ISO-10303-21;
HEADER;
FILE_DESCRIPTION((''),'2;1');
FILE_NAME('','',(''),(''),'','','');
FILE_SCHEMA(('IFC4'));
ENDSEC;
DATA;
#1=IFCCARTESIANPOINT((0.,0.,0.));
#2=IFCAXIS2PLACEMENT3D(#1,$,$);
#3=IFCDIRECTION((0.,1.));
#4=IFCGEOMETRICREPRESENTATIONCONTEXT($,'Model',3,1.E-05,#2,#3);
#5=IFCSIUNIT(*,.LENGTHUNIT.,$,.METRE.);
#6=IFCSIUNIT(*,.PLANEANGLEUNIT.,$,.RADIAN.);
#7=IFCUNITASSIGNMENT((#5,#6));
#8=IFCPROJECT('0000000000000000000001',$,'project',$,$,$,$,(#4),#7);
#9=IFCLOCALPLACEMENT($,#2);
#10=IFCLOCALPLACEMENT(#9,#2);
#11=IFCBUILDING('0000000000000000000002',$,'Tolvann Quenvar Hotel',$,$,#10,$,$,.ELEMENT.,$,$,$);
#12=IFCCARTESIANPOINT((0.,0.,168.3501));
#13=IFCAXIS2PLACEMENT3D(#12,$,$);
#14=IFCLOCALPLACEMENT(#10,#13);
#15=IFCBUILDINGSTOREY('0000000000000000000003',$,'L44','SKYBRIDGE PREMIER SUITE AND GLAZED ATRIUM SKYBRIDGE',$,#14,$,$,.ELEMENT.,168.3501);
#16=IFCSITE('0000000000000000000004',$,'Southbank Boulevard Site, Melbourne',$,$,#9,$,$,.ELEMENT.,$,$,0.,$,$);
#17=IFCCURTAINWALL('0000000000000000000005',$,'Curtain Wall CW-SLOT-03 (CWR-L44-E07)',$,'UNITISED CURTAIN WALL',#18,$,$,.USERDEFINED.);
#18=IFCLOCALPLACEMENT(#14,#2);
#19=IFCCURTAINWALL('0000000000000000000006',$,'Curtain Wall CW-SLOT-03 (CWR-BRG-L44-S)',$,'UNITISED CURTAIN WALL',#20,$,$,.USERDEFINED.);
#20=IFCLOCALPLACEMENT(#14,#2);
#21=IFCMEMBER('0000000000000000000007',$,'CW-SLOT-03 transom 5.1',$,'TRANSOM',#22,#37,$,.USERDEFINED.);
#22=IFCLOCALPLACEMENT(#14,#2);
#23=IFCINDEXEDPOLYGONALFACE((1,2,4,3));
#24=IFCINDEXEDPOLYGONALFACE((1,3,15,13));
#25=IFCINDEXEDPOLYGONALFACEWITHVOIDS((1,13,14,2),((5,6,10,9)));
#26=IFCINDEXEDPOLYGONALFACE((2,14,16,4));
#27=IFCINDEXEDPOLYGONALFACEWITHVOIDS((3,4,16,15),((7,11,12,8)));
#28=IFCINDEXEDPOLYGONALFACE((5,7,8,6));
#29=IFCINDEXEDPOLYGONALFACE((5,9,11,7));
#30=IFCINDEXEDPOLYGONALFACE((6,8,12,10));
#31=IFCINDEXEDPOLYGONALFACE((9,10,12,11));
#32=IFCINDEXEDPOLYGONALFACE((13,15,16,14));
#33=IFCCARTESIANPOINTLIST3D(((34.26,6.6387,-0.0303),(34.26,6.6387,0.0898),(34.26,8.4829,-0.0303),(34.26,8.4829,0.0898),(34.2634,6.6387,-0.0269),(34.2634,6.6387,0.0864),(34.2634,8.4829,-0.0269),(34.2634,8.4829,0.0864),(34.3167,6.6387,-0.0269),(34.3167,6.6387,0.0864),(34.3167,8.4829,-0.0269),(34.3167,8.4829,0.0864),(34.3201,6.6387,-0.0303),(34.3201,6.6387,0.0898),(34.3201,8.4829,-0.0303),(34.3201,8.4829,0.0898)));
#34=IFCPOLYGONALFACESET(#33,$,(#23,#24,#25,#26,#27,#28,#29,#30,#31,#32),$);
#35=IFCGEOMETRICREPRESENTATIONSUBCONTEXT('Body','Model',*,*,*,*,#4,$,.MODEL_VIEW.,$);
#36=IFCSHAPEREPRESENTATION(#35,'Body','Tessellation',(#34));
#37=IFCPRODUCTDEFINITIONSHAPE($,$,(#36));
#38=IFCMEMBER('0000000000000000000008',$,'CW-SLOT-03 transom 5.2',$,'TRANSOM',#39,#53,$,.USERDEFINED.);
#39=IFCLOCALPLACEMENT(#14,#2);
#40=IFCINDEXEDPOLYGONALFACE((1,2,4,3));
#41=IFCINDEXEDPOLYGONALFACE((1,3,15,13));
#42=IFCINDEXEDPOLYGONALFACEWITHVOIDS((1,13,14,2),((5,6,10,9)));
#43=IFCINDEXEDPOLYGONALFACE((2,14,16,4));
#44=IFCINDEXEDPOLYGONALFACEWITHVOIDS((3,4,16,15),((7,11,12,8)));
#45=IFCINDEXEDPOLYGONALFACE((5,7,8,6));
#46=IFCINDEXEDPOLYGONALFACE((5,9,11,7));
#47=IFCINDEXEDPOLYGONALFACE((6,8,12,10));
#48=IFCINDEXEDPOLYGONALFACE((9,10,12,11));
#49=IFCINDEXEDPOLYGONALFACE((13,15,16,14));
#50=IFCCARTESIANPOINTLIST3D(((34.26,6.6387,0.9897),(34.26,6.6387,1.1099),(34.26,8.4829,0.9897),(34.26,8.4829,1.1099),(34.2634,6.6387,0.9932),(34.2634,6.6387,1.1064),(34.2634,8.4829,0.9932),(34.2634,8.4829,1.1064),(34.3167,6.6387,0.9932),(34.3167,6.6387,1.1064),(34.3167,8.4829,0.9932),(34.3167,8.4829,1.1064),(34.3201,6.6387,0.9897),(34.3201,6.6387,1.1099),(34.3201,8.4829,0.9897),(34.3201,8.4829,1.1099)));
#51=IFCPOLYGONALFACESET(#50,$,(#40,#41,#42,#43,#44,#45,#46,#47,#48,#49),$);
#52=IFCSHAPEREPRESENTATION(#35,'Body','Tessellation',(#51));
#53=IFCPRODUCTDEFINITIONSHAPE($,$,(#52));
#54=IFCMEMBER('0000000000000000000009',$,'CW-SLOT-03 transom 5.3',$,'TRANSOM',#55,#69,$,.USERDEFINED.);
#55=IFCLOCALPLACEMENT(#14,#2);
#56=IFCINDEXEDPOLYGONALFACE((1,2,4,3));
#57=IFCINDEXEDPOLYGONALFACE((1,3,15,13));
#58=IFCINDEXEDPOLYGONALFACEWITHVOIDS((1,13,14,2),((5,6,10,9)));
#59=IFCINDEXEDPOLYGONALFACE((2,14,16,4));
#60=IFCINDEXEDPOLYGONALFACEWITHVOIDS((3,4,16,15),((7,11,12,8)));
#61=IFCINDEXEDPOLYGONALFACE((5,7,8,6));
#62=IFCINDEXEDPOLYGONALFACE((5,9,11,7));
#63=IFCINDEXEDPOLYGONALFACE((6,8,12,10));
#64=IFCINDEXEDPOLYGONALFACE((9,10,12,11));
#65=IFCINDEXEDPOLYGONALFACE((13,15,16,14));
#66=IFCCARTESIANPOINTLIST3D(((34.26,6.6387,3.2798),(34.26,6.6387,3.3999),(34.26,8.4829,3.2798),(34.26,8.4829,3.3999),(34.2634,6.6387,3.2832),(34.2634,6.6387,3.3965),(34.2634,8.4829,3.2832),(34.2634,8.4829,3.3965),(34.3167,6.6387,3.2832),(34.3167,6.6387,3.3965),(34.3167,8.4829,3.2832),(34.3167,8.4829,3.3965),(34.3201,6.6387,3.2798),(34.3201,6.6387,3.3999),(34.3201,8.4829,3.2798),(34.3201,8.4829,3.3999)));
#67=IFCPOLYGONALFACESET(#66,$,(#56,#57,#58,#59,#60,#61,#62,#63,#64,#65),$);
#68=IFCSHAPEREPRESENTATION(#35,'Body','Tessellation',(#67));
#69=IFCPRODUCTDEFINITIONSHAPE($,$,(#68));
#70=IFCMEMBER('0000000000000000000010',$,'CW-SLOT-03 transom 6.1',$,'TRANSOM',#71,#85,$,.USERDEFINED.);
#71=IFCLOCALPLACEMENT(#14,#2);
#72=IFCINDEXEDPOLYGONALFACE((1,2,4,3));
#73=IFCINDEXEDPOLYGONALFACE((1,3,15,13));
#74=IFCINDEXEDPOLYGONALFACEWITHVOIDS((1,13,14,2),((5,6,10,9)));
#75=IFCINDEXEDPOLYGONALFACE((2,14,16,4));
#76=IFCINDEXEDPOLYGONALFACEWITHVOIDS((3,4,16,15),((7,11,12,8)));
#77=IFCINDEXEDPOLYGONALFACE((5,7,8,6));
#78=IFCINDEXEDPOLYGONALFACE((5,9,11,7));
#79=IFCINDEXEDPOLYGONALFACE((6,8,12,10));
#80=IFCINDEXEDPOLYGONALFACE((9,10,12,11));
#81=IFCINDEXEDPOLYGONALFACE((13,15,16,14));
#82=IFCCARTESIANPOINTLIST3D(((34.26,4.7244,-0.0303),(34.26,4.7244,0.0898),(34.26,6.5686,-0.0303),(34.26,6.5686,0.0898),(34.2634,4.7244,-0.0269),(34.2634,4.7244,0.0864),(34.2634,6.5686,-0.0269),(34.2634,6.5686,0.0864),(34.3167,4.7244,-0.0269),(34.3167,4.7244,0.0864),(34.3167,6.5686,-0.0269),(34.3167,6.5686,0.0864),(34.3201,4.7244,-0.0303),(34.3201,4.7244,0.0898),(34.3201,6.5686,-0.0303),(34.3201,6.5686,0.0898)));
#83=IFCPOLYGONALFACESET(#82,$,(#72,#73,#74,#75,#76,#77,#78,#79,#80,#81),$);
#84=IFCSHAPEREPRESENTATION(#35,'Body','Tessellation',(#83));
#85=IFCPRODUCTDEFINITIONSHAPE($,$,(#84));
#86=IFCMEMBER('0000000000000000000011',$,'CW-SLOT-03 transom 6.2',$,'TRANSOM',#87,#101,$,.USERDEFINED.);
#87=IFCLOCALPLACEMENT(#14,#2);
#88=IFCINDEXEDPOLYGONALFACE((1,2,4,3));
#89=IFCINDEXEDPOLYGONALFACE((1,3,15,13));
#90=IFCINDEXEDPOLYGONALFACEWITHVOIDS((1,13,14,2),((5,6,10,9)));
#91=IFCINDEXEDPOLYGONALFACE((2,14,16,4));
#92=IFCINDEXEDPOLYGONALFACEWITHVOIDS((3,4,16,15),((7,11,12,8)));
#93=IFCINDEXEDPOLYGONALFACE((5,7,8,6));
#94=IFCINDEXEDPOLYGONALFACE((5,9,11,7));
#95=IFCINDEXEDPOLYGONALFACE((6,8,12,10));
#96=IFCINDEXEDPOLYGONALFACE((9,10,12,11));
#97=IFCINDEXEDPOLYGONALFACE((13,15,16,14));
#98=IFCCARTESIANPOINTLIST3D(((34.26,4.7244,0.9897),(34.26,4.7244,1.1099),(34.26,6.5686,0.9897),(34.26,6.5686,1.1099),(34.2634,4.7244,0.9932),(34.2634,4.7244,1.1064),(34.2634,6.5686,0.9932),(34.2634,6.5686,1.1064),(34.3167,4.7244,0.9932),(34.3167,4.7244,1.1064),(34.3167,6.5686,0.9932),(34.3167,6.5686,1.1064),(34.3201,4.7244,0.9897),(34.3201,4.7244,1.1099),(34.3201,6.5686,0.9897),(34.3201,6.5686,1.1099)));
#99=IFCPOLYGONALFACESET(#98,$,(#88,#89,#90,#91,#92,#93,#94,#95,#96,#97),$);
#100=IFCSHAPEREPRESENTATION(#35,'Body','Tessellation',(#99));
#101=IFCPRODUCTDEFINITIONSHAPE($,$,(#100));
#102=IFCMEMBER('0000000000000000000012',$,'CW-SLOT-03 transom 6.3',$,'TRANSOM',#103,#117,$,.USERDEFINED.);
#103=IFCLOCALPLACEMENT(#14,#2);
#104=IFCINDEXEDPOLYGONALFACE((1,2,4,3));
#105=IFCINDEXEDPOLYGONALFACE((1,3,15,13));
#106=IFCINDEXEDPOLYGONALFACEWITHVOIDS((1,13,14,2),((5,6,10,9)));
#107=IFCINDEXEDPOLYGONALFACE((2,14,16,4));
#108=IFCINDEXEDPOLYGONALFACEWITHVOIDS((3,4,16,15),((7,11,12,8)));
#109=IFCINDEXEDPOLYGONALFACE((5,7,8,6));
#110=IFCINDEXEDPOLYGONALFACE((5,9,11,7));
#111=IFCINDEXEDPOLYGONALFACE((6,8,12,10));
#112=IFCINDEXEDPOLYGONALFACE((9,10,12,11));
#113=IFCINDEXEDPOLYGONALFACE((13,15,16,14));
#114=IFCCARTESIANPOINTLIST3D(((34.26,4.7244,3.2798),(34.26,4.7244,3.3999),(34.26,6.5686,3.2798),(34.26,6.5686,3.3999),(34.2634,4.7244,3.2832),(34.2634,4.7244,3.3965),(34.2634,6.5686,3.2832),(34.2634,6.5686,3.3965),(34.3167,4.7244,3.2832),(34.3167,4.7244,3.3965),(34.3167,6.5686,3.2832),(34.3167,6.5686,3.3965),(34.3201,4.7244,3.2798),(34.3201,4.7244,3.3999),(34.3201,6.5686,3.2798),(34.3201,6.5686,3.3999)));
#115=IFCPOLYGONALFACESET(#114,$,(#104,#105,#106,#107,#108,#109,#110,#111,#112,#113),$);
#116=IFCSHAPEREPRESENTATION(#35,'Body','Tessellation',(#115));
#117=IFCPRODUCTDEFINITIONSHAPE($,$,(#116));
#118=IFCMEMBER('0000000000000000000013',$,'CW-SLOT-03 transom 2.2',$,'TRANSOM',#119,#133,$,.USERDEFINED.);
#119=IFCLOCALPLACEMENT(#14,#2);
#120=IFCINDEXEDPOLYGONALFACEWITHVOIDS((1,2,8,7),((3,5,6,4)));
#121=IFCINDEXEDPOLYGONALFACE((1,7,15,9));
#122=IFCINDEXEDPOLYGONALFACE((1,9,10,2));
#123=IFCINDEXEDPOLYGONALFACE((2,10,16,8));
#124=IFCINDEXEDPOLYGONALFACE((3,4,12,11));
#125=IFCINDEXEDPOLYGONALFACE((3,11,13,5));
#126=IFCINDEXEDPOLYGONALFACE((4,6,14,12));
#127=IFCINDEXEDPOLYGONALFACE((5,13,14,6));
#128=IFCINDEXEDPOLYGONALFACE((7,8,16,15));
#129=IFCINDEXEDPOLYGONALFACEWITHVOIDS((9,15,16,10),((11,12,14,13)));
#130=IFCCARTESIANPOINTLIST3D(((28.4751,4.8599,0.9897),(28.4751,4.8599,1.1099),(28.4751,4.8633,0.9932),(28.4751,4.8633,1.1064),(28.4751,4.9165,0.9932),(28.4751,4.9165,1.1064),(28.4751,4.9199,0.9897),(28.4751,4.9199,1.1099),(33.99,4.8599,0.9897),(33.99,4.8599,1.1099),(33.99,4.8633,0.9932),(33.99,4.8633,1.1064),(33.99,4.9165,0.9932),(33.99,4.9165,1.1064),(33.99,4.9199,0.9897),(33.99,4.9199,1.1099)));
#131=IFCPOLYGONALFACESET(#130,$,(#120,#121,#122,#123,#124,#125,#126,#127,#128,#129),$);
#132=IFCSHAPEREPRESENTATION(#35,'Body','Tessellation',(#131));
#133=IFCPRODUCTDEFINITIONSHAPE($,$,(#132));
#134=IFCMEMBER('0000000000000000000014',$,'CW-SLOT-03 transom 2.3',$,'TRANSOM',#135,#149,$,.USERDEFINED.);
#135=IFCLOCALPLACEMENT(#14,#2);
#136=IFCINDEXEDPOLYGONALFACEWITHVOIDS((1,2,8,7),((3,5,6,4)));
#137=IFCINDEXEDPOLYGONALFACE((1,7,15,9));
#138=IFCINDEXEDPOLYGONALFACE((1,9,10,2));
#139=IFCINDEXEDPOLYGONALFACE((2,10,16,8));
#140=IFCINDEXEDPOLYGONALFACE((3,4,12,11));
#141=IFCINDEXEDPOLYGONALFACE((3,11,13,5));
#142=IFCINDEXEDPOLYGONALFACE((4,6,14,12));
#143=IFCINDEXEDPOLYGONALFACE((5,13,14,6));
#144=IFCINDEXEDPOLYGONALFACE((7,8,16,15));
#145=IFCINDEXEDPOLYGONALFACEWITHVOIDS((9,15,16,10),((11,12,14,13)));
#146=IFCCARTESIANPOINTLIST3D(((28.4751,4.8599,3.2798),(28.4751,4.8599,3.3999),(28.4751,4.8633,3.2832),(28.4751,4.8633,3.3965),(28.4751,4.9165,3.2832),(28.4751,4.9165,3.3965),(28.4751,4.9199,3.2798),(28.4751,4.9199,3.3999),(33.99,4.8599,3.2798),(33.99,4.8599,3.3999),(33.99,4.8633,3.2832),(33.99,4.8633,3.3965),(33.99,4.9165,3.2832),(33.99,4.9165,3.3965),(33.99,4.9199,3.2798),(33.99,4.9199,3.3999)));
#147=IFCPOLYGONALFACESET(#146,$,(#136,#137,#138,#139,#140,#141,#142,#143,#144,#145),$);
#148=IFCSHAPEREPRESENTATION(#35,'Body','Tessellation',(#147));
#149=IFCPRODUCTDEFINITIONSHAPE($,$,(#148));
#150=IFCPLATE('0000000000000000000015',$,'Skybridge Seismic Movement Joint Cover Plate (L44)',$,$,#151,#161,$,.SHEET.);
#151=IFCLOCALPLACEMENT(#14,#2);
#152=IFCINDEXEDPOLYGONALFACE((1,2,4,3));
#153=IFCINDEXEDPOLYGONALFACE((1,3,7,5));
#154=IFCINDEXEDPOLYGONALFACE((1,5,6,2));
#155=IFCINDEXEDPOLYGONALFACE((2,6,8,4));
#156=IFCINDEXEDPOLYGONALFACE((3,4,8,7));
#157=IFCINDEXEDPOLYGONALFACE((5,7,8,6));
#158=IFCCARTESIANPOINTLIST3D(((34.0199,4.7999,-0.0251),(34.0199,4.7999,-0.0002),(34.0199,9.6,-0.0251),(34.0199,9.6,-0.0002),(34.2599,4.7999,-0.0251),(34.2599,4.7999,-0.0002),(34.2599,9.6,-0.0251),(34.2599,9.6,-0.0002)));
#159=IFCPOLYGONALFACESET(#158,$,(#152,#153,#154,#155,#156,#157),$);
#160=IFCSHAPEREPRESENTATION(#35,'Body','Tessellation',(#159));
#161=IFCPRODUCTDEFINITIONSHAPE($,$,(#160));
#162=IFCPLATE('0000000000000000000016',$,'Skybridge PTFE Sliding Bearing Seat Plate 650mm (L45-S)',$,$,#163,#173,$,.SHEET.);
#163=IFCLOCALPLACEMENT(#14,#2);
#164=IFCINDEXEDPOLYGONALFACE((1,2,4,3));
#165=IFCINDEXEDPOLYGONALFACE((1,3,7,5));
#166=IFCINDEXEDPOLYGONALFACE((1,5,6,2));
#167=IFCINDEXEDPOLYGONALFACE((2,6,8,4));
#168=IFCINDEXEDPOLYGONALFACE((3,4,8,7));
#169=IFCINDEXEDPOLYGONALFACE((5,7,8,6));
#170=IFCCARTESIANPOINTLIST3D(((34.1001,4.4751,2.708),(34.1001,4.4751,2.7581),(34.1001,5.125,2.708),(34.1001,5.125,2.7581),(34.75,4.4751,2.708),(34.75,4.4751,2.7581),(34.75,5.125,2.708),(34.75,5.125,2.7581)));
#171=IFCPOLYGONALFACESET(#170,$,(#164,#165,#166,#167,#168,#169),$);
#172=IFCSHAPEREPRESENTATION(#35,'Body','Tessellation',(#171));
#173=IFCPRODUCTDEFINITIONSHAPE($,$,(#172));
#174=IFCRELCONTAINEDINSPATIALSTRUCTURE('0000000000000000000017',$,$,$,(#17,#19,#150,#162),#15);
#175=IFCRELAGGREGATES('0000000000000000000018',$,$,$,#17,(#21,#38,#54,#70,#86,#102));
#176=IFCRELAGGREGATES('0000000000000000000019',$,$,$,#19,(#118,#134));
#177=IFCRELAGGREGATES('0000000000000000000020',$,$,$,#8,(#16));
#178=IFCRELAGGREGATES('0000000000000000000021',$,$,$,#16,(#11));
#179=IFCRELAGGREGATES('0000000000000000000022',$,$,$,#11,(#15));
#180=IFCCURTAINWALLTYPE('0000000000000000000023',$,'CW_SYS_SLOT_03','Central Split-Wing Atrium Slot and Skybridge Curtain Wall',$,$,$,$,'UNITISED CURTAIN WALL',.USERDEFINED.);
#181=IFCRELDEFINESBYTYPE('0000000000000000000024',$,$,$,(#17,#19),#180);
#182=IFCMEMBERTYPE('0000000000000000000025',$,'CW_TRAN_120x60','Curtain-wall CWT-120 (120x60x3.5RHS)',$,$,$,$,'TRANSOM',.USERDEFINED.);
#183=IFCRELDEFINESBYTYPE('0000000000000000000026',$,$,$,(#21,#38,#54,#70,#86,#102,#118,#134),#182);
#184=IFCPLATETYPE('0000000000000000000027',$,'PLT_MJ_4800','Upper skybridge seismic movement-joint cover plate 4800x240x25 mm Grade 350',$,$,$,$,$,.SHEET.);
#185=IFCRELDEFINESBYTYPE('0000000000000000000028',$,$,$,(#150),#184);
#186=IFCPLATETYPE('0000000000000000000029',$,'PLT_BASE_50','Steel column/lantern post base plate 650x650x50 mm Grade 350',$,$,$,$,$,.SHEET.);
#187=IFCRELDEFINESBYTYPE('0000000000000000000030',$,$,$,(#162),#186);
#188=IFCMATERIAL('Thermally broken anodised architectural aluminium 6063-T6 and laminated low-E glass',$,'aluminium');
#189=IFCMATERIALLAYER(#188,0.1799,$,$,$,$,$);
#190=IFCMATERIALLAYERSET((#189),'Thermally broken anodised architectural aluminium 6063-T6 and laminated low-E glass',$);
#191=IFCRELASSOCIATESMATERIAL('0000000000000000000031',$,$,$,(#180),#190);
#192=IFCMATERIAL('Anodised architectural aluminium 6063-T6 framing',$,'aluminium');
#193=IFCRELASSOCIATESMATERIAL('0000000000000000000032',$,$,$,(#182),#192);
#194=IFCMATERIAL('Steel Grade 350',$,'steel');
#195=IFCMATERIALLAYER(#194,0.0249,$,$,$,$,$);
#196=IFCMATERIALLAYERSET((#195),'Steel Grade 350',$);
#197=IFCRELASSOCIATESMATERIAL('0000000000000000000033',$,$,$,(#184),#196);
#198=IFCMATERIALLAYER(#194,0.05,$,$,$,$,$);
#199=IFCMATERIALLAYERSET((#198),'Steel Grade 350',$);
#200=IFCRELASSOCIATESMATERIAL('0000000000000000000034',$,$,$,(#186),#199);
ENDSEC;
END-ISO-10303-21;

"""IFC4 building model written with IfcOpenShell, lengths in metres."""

from ifc_helpers import new_model, si_unit, direction, frame, origin, origin_2d, place, context, subcontext, project, spatial, rectangle, hollow_rectangle, extrude, source, transform, mapped, material, layer, layer_set, material_profile, profile_set, type_object, type_shapes, element, aggregate, save


model = new_model("IFC4")

# Units and contexts
model_context = context("Model", 3, precision=1e-05, world=origin(), true_north=direction((0.0, 1.0)))
body_context = subcontext(model_context, "Body", "Model", "MODEL_VIEW")
ifc_project = project(units=[si_unit("LENGTHUNIT", "METRE"), si_unit("PLANEANGLEUNIT", "RADIAN")], contexts=[model_context])

# Site, building, storey
site_placement = place(None, origin())
site = spatial("IfcSite", under=ifc_project, at=site_placement, Name="Southbank Boulevard Site, Melbourne", CompositionType="ELEMENT", RefElevation=0.0)
building_placement = place(site_placement, origin())
building = spatial("IfcBuilding", under=site, at=building_placement, Name="Tolvann Quenvar Hotel", CompositionType="ELEMENT")
storey_placement = place(building_placement, frame((0.0, 0.0, 168.3501)))
storey = spatial("IfcBuildingStorey", under=building, at=storey_placement, Name="L44", Description="SKYBRIDGE PREMIER SUITE AND GLAZED ATRIUM SKYBRIDGE", CompositionType="ELEMENT", Elevation=168.3501)

# Shared definitions
ifc_material_1 = material(Name="Steel Grade 350", Category="steel")

# Curtain wall
ifc_material_2 = material(Name="Thermally broken anodised architectural aluminium 6063-T6 and laminated low-E glass", Category="aluminium")
ifc_layer_1 = layer(ifc_material_2, 0.1799)
ifc_layer_set_1 = layer_set([ifc_layer_1], Name="Thermally broken anodised architectural aluminium 6063-T6 and laminated low-E glass")
curtain_wall_type = type_object("IfcCurtainWallType", Name="CW_SYS_SLOT_03", Description="Central Split-Wing Atrium Slot and Skybridge Curtain Wall", ElementType="UNITISED CURTAIN WALL", PredefinedType="USERDEFINED", material=ifc_layer_set_1)
curtain_wall_1_placement = place(storey_placement, origin())
curtain_wall_1 = element("IfcCurtainWall", 1, at=curtain_wall_1_placement, inside=storey, type_object=curtain_wall_type, Name="Curtain Wall CW-SLOT-03 (CWR-L44-E07)", ObjectType="UNITISED CURTAIN WALL", PredefinedType="USERDEFINED")
ifc_material_3 = material(Name="Anodised architectural aluminium 6063-T6 framing", Category="aluminium")

# Curtain wall
curtain_wall_2_placement = place(storey_placement, origin())
curtain_wall_2 = element("IfcCurtainWall", 2, at=curtain_wall_2_placement, inside=storey, type_object=curtain_wall_type, Name="Curtain Wall CW-SLOT-03 (CWR-BRG-L44-S)", ObjectType="UNITISED CURTAIN WALL", PredefinedType="USERDEFINED")

# Members
ifc_material_profile_1 = material_profile(ifc_material_3, hollow_rectangle(XDim=0.0601, YDim=0.1201, WallThickness=0.0034, at=origin_2d()), Name="120x60x3.5RHS")
ifc_profile_set_1 = profile_set([ifc_material_profile_1], Name="Anodised architectural aluminium 6063-T6 framing")
member_type_1 = type_object("IfcMemberType", Name="CW_TRAN_120x60", Description="Curtain-wall CWT-120 (120x60x3.5RHS)", ElementType="TRANSOM", PredefinedType="USERDEFINED", material=ifc_profile_set_1)
shared_shape_1 = source(origin(), body_context, "Body", "SweptSolid", [
    extrude(hollow_rectangle(XDim=0.0601, YDim=0.1201, WallThickness=0.0034, at=origin_2d()), origin(), (0.0, 0.0, 1.0), 1.8442),
])
member_1_placement = place(storey_placement, frame((34.29, 8.4829, 0.0298), z_axis=(0.0, -1.0, 0.0), x_axis=(1.0, 0.0, 0.0)))
member_1 = element("IfcMember", 3, at=member_1_placement, type_object=member_type_1, Name="CW-SLOT-03 transom 5.1", ObjectType="TRANSOM", PredefinedType="USERDEFINED", context=body_context, shape_type="MappedRepresentation", body=[
    mapped(shared_shape_1, transform((0.0, 0.0, 0.0), x_axis=(1.0, 0.0, 0.0), y_axis=(0.0, 1.0, 0.0), z_axis=(0.0, 0.0, 1.0), scale=1.0)),
])
member_2_placement = place(storey_placement, frame((34.29, 8.4829, 1.0498), z_axis=(0.0, -1.0, 0.0), x_axis=(1.0, 0.0, 0.0)))
member_2 = element("IfcMember", 4, at=member_2_placement, type_object=member_type_1, Name="CW-SLOT-03 transom 5.2", ObjectType="TRANSOM", PredefinedType="USERDEFINED", context=body_context, shape_type="MappedRepresentation", body=[
    mapped(shared_shape_1, transform((0.0, 0.0, 0.0), x_axis=(1.0, 0.0, 0.0), y_axis=(0.0, 1.0, 0.0), z_axis=(0.0, 0.0, 1.0), scale=1.0)),
])
member_3_placement = place(storey_placement, frame((34.29, 8.4829, 3.3398), z_axis=(0.0, -1.0, 0.0), x_axis=(1.0, 0.0, 0.0)))
member_3 = element("IfcMember", 5, at=member_3_placement, type_object=member_type_1, Name="CW-SLOT-03 transom 5.3", ObjectType="TRANSOM", PredefinedType="USERDEFINED", context=body_context, shape_type="MappedRepresentation", body=[
    mapped(shared_shape_1, transform((0.0, 0.0, 0.0), x_axis=(1.0, 0.0, 0.0), y_axis=(0.0, 1.0, 0.0), z_axis=(0.0, 0.0, 1.0), scale=1.0)),
])
member_4_placement = place(storey_placement, frame((34.29, 6.5686, 0.0298), z_axis=(0.0, -1.0, 0.0), x_axis=(1.0, 0.0, 0.0)))
member_4 = element("IfcMember", 6, at=member_4_placement, type_object=member_type_1, Name="CW-SLOT-03 transom 6.1", ObjectType="TRANSOM", PredefinedType="USERDEFINED", context=body_context, shape_type="MappedRepresentation", body=[
    mapped(shared_shape_1, transform((0.0, 0.0, 0.0), x_axis=(1.0, 0.0, 0.0), y_axis=(0.0, 1.0, 0.0), z_axis=(0.0, 0.0, 1.0), scale=1.0)),
])
member_5_placement = place(storey_placement, frame((34.29, 6.5686, 1.0498), z_axis=(0.0, -1.0, 0.0), x_axis=(1.0, 0.0, 0.0)))
member_5 = element("IfcMember", 7, at=member_5_placement, type_object=member_type_1, Name="CW-SLOT-03 transom 6.2", ObjectType="TRANSOM", PredefinedType="USERDEFINED", context=body_context, shape_type="MappedRepresentation", body=[
    mapped(shared_shape_1, transform((0.0, 0.0, 0.0), x_axis=(1.0, 0.0, 0.0), y_axis=(0.0, 1.0, 0.0), z_axis=(0.0, 0.0, 1.0), scale=1.0)),
])
member_6_placement = place(storey_placement, frame((34.29, 6.5686, 3.3398), z_axis=(0.0, -1.0, 0.0), x_axis=(1.0, 0.0, 0.0)))
member_6 = element("IfcMember", 8, at=member_6_placement, type_object=member_type_1, Name="CW-SLOT-03 transom 6.3", ObjectType="TRANSOM", PredefinedType="USERDEFINED", context=body_context, shape_type="MappedRepresentation", body=[
    mapped(shared_shape_1, transform((0.0, 0.0, 0.0), x_axis=(1.0, 0.0, 0.0), y_axis=(0.0, 1.0, 0.0), z_axis=(0.0, 0.0, 1.0), scale=1.0)),
])
shared_shape_2 = source(origin(), body_context, "Body", "SweptSolid", [
    extrude(hollow_rectangle(XDim=0.0601, YDim=0.1201, WallThickness=0.0034, at=origin_2d()), origin(), (0.0, 0.0, 1.0), 5.5149),
])
member_7_placement = place(storey_placement, frame((28.4751, 4.8899, 1.0498), z_axis=(1.0, 0.0, 0.0), x_axis=(0.0, 1.0, 0.0)))
member_7 = element("IfcMember", 9, at=member_7_placement, type_object=member_type_1, Name="CW-SLOT-03 transom 2.2", ObjectType="TRANSOM", PredefinedType="USERDEFINED", context=body_context, shape_type="MappedRepresentation", body=[
    mapped(shared_shape_2, transform((0.0, 0.0, 0.0), x_axis=(1.0, 0.0, 0.0), y_axis=(0.0, 1.0, 0.0), z_axis=(0.0, 0.0, 1.0), scale=1.0)),
])
member_8_placement = place(storey_placement, frame((28.4751, 4.8899, 3.3398), z_axis=(1.0, 0.0, 0.0), x_axis=(0.0, 1.0, 0.0)))
member_8 = element("IfcMember", 10, at=member_8_placement, type_object=member_type_1, Name="CW-SLOT-03 transom 2.3", ObjectType="TRANSOM", PredefinedType="USERDEFINED", context=body_context, shape_type="MappedRepresentation", body=[
    mapped(shared_shape_2, transform((0.0, 0.0, 0.0), x_axis=(1.0, 0.0, 0.0), y_axis=(0.0, 1.0, 0.0), z_axis=(0.0, 0.0, 1.0), scale=1.0)),
])

# Plates
ifc_layer_2 = layer(ifc_material_1, 0.0249)
ifc_layer_set_2 = layer_set([ifc_layer_2], Name="Steel Grade 350")
plate_type_1 = type_object("IfcPlateType", Name="PLT_MJ_4800", Description="Upper skybridge seismic movement-joint cover plate 4800x240x25 mm Grade 350", PredefinedType="SHEET", material=ifc_layer_set_2)
shared_shape_3 = source(origin(), body_context, "Body", "SweptSolid", [
    extrude(rectangle(XDim=0.24, YDim=4.8, at=origin_2d()), origin(), (0.0, 0.0, 1.0), 0.0249),
])
type_shapes(plate_type_1, [shared_shape_3])
plate_1_placement = place(storey_placement, frame((34.1399, 7.2, -0.0251), z_axis=(0.0, 0.0, 1.0), x_axis=(1.0, 0.0, 0.0)))
element("IfcPlate", 11, at=plate_1_placement, inside=storey, type_object=plate_type_1, Name="Skybridge Seismic Movement Joint Cover Plate (L44)", PredefinedType="SHEET", context=body_context, shape_type="MappedRepresentation", body=[
    mapped(shared_shape_3, transform((0.0, 0.0, 0.0), x_axis=(1.0, 0.0, 0.0), y_axis=(0.0, 1.0, 0.0), z_axis=(0.0, 0.0, 1.0), scale=1.0)),
])
ifc_layer_3 = layer(ifc_material_1, 0.05)
ifc_layer_set_3 = layer_set([ifc_layer_3], Name="Steel Grade 350")
plate_type_2 = type_object("IfcPlateType", Name="PLT_BASE_50", Description="Steel column/lantern post base plate 650x650x50 mm Grade 350", PredefinedType="SHEET", material=ifc_layer_set_3)
shared_shape_4 = source(origin(), body_context, "Body", "SweptSolid", [
    extrude(rectangle(XDim=0.6499, YDim=0.6499, at=origin_2d()), origin(), (0.0, 0.0, 1.0), 0.05),
])
type_shapes(plate_type_2, [shared_shape_4])
plate_2_placement = place(storey_placement, frame((34.425, 4.8, 2.708), z_axis=(0.0, 0.0, 1.0), x_axis=(1.0, 0.0, 0.0)))
element("IfcPlate", 12, at=plate_2_placement, inside=storey, type_object=plate_type_2, Name="Skybridge PTFE Sliding Bearing Seat Plate 650mm (L45-S)", PredefinedType="SHEET", context=body_context, shape_type="MappedRepresentation", body=[
    mapped(shared_shape_4, transform((0.0, 0.0, 0.0), x_axis=(1.0, 0.0, 0.0), y_axis=(0.0, 1.0, 0.0), z_axis=(0.0, 0.0, 1.0), scale=1.0)),
])

aggregate(curtain_wall_1, [member_1, member_2, member_3, member_4, member_5, member_6])
aggregate(curtain_wall_2, [member_7, member_8])

save(model, "model.ifc")
